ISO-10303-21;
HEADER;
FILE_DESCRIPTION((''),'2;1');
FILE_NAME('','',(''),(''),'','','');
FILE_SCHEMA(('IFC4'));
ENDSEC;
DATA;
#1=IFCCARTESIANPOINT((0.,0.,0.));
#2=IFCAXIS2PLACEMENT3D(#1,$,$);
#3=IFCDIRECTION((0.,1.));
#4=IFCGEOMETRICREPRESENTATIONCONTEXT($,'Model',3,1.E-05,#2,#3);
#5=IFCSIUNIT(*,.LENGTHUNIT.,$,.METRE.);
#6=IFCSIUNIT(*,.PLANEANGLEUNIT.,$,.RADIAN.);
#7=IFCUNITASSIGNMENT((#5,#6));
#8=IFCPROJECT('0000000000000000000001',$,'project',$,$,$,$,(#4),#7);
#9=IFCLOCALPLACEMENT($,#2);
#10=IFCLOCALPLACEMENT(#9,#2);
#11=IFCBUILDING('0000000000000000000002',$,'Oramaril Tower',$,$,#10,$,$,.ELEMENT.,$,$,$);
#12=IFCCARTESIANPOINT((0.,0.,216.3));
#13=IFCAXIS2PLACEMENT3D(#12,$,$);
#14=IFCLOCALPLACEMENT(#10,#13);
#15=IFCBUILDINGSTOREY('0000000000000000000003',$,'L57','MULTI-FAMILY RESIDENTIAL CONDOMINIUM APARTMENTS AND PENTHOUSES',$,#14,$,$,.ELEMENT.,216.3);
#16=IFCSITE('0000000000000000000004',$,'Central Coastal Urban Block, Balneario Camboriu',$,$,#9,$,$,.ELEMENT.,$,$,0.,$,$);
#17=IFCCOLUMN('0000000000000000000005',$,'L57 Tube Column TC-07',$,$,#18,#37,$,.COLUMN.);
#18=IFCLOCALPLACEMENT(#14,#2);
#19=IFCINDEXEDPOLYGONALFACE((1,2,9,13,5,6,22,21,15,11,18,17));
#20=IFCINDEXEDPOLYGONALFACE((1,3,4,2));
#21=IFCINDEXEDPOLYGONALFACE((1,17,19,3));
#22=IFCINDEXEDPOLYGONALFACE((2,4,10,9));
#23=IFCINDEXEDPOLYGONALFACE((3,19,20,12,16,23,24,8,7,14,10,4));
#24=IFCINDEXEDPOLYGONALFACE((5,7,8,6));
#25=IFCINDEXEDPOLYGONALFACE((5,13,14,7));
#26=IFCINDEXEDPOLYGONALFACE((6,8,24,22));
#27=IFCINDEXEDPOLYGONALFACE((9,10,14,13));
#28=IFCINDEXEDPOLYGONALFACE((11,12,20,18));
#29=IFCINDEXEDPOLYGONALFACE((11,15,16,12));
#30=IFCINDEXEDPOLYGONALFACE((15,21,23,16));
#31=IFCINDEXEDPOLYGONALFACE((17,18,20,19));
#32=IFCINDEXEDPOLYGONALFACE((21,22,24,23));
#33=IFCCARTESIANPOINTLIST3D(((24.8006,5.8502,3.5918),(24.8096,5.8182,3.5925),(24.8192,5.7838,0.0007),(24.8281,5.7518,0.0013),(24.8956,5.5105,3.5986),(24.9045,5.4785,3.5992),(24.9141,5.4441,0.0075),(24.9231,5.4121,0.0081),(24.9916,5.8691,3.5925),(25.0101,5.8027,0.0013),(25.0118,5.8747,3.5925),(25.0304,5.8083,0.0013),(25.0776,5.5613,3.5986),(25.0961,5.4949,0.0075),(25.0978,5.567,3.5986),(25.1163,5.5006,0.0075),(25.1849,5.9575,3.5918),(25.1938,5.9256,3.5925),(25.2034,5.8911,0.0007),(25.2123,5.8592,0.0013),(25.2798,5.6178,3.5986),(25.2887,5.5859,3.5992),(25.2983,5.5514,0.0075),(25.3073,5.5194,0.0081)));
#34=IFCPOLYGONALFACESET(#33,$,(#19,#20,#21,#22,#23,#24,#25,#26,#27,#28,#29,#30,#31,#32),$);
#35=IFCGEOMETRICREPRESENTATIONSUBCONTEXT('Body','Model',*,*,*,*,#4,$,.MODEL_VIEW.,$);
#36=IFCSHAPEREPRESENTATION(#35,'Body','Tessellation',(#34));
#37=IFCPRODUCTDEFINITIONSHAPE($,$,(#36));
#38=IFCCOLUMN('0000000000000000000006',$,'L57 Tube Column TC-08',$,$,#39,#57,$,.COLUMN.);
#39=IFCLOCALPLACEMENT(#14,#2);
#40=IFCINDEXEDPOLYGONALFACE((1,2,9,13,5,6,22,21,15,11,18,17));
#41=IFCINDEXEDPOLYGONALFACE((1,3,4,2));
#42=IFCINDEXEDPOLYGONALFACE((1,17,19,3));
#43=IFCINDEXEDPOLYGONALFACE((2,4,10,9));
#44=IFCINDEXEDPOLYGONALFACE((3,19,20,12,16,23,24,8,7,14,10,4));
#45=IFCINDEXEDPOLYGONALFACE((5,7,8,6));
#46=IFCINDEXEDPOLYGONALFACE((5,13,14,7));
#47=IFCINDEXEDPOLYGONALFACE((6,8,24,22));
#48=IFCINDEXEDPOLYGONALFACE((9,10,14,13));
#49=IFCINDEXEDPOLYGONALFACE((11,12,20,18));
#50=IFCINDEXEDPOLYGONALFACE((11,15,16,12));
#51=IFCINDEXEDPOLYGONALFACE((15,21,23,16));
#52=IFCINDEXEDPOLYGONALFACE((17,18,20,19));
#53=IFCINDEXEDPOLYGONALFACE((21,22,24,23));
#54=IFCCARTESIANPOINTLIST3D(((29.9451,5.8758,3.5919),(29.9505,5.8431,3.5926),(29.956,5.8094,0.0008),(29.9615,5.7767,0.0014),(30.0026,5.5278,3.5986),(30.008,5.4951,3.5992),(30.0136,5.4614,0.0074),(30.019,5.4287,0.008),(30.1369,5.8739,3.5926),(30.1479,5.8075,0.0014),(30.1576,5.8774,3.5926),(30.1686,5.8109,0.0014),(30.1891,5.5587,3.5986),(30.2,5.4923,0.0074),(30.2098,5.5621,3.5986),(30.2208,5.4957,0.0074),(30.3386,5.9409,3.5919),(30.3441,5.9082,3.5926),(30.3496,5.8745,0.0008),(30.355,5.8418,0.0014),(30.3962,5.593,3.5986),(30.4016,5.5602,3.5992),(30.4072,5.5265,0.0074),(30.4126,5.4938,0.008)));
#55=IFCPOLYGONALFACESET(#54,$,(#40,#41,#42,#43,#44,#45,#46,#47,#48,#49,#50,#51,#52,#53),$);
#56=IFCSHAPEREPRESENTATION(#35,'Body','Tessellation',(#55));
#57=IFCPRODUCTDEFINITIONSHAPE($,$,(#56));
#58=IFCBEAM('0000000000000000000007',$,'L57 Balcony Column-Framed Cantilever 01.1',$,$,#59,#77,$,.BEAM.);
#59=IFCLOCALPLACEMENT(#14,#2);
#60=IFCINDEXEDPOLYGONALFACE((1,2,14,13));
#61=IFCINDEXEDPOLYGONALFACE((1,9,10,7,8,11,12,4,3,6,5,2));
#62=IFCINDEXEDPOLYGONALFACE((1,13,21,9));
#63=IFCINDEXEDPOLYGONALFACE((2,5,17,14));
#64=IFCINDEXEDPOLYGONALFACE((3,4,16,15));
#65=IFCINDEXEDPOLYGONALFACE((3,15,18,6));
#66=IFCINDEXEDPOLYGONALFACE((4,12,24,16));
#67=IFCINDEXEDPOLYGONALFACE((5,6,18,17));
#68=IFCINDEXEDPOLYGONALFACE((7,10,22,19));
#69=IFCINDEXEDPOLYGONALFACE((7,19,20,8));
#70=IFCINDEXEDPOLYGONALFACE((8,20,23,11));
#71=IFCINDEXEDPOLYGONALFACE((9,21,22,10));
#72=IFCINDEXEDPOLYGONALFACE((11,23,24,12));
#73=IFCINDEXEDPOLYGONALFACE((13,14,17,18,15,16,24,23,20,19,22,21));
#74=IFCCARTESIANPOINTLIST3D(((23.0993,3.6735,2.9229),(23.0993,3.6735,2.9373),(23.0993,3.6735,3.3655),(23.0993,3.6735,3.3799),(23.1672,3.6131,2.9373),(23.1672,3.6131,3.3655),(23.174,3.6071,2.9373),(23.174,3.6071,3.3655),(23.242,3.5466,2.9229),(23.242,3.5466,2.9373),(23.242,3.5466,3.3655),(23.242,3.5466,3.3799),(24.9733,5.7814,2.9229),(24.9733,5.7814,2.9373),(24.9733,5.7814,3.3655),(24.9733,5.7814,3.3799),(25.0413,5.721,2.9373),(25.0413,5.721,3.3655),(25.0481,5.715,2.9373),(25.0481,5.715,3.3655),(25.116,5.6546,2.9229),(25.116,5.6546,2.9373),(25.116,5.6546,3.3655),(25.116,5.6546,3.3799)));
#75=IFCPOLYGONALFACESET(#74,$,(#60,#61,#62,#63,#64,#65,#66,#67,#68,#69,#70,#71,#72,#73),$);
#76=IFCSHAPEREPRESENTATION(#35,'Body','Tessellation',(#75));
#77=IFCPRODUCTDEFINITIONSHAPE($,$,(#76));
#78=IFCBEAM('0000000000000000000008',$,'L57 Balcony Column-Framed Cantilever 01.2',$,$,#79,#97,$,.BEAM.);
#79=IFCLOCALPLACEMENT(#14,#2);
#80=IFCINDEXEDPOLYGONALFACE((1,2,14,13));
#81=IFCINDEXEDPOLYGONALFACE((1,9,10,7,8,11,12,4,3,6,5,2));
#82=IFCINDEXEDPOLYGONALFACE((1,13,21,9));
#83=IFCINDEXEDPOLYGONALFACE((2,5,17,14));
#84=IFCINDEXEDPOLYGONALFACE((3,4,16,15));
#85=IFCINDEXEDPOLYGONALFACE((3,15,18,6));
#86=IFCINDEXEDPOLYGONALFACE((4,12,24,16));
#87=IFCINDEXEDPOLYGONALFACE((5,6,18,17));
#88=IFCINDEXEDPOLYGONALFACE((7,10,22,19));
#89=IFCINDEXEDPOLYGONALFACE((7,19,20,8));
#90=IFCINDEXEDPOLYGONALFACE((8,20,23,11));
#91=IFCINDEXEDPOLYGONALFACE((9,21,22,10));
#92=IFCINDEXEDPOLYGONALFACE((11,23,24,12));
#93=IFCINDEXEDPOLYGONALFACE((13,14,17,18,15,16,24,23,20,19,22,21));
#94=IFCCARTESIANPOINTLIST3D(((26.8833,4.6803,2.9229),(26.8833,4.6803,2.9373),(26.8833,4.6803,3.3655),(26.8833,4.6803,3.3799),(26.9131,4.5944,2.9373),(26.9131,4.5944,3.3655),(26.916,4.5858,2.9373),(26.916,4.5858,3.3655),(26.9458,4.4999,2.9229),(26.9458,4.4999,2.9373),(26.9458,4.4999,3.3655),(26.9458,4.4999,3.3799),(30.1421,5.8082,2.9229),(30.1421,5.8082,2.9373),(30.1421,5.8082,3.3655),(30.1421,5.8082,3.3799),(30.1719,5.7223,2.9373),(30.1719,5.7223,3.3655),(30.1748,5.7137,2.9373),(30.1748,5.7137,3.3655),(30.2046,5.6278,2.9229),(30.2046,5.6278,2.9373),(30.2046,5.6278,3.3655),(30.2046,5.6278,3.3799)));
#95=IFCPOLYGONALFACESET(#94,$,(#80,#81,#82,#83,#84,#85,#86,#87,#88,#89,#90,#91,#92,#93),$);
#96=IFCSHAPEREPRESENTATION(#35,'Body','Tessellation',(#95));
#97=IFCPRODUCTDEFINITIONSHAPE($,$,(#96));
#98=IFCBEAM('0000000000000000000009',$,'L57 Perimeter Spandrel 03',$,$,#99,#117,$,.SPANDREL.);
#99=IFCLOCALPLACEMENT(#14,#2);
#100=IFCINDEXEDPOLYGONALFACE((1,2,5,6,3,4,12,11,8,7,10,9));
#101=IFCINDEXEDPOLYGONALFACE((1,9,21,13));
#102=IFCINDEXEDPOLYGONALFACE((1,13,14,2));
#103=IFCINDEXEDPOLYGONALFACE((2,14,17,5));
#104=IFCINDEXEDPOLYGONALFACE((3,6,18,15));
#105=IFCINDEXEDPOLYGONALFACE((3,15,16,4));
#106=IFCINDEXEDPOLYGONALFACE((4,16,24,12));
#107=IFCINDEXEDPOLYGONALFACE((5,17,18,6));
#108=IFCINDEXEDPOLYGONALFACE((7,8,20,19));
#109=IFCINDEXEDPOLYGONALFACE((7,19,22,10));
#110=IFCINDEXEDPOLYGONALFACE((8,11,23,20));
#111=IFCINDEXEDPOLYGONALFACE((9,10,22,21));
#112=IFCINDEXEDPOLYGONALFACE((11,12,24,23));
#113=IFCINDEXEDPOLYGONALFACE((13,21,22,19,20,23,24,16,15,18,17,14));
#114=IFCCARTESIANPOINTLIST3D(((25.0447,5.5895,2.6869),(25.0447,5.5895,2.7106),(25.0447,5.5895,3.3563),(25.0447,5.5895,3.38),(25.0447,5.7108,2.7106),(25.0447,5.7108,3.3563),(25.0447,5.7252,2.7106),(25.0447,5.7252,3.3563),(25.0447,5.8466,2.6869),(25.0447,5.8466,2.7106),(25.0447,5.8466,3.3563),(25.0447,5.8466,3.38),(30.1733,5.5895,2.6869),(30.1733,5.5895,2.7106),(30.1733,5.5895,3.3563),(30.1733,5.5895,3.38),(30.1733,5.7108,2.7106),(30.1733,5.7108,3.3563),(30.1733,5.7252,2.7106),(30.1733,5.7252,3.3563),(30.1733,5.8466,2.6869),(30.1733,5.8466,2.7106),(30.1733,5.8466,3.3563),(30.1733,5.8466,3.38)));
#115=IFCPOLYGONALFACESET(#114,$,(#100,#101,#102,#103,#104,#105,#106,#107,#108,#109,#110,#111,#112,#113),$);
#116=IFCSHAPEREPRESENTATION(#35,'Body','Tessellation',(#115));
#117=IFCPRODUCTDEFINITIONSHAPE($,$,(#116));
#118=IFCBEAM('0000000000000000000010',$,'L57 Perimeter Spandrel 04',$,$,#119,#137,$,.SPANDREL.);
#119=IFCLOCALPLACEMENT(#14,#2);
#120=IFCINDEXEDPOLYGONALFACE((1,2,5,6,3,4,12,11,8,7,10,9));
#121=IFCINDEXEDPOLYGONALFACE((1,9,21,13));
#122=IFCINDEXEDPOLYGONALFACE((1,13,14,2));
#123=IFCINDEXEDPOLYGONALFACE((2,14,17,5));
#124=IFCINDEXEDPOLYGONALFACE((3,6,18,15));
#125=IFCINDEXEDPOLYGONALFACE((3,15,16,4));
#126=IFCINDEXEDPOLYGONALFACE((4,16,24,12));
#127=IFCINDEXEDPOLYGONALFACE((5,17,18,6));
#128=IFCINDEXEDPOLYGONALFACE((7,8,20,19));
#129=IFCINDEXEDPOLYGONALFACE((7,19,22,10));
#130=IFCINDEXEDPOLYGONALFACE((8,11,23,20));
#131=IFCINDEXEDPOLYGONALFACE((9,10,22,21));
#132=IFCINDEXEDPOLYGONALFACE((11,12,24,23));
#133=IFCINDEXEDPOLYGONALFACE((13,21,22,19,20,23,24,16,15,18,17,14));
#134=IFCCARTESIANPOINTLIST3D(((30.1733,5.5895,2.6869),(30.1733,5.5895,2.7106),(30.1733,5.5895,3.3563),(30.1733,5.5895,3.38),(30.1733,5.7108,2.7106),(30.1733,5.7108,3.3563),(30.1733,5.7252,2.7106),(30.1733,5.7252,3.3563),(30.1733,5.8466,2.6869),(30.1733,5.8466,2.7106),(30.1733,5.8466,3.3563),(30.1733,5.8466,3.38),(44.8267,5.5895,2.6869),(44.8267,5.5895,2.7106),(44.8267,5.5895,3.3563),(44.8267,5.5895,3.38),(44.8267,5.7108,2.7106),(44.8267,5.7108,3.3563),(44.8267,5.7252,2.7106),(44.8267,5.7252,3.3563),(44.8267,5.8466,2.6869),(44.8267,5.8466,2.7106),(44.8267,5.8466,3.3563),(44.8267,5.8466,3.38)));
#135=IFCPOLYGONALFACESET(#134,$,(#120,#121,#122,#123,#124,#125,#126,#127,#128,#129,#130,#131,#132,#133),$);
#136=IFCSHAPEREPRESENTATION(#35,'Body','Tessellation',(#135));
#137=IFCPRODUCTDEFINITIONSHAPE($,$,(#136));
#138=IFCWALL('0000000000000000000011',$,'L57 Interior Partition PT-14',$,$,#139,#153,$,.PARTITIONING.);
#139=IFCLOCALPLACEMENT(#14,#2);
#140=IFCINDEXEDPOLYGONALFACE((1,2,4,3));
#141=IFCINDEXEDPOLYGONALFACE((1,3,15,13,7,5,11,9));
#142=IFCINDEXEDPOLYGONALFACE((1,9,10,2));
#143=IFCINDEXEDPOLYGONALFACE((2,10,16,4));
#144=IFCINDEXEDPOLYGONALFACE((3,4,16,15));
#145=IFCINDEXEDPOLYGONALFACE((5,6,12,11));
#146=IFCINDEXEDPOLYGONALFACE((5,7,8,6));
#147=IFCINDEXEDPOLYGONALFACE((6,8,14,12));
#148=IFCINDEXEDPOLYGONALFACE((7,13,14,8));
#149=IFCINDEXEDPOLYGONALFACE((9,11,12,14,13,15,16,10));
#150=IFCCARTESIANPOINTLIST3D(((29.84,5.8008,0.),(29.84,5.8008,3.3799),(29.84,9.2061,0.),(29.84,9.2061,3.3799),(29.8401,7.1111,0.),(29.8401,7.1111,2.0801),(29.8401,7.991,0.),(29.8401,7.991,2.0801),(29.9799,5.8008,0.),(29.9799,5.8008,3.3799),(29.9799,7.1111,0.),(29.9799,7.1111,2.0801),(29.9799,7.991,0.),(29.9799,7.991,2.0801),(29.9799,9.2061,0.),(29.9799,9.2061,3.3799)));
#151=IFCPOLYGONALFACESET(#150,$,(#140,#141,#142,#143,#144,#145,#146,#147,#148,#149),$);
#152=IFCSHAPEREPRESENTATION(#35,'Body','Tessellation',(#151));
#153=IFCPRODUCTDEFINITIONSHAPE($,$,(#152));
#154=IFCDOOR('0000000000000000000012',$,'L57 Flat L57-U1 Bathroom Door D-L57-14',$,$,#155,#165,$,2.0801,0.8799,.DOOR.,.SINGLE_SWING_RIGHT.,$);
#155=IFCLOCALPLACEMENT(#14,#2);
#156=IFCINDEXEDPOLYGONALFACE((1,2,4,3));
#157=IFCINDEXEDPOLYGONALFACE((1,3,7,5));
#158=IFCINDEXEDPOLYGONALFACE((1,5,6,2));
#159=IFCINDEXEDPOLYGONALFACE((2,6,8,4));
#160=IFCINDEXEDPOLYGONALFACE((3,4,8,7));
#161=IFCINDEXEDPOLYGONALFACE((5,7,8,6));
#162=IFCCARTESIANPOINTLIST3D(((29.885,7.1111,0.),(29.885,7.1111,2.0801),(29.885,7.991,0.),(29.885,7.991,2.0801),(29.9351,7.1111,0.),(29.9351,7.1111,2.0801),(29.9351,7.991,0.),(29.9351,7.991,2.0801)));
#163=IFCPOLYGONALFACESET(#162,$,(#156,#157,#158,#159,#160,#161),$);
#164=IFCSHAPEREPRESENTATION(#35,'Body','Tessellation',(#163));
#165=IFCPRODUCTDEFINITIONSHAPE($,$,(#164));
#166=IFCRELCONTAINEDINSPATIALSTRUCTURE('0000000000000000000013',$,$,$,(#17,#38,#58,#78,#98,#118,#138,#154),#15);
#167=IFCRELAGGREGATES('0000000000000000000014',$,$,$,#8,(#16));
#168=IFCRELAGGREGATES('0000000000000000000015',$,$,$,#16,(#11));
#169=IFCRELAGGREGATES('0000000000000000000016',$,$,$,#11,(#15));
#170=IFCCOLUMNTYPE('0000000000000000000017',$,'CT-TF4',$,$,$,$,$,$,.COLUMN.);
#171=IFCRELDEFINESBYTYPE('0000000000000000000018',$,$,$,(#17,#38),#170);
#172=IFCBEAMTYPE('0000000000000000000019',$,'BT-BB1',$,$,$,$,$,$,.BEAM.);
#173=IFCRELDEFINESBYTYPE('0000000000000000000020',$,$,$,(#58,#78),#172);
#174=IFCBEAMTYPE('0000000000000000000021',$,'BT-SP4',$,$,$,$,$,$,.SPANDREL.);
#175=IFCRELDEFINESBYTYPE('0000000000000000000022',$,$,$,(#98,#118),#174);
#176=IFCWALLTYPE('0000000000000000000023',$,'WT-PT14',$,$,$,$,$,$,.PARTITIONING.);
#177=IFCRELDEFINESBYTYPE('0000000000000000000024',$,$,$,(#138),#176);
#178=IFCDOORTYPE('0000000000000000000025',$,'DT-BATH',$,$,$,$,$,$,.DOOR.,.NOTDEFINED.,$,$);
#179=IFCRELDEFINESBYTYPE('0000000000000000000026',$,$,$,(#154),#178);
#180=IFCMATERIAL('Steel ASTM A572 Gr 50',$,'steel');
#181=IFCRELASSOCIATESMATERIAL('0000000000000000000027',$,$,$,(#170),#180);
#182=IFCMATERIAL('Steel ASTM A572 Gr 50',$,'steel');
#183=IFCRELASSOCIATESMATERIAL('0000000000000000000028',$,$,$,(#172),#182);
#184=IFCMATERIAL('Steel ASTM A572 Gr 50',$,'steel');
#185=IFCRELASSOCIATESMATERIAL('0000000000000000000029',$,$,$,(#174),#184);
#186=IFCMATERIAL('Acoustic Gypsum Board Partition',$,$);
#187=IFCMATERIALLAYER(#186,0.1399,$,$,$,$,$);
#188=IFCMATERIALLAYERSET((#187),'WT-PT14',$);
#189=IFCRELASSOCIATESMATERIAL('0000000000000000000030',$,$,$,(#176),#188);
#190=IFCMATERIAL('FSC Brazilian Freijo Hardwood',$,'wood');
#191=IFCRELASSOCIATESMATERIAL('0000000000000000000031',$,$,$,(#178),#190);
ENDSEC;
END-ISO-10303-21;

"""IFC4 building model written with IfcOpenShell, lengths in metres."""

from ifc_helpers import new_model, si_unit, direction, frame, frame_2d, origin, origin_2d, place, context, subcontext, project, spatial, rectangle, i_section, extrude, material, layer, layer_set, material_profile, profile_set, type_object, element, fill, save


model = new_model("IFC4")

# Units and contexts
model_context = context("Model", 3, precision=1e-05, world=origin(), true_north=direction((0.0, 1.0)))
body_context = subcontext(model_context, "Body", "Model", "MODEL_VIEW")
ifc_project = project(units=[si_unit("LENGTHUNIT", "METRE"), si_unit("PLANEANGLEUNIT", "RADIAN")], contexts=[model_context])

# Site, building, storey
site_placement = place(None, origin())
site = spatial("IfcSite", under=ifc_project, at=site_placement, Name="Central Coastal Urban Block, Balneario Camboriu", CompositionType="ELEMENT", RefElevation=0.0)
building_placement = place(site_placement, origin())
building = spatial("IfcBuilding", under=site, at=building_placement, Name="Oramaril Tower", CompositionType="ELEMENT")
storey_placement = place(building_placement, frame((0.0, 0.0, 216.3)))
storey = spatial("IfcBuildingStorey", under=building, at=storey_placement, Name="L57", Description="MULTI-FAMILY RESIDENTIAL CONDOMINIUM APARTMENTS AND PENTHOUSES", CompositionType="ELEMENT", Elevation=216.3)

# Columns
ifc_material_1 = material(Name="Steel ASTM A572 Gr 50", Category="steel")
ifc_material_profile_1 = material_profile(ifc_material_1, i_section(OverallWidth=0.3989, OverallDepth=0.386, WebThickness=0.021, FlangeThickness=0.0332, at=origin_2d()), Name="W14X176")
ifc_profile_set_1 = profile_set([ifc_material_profile_1], Name="Steel ASTM A572 Gr 50")
column_type = type_object("IfcColumnType", Name="CT-TF4", PredefinedType="COLUMN", material=ifc_profile_set_1)
for number, where, z_axis, x_axis, name in (
    (1, (25.0632, 5.6516, 0.0044), (-0.005166, 0.018489, 0.999816), (-0.963111, -0.269105, 0.0), "L57 Tube Column TC-07"),
    (2, (30.1843, 5.6516, 0.0044), (-0.003059, 0.018489, 0.999824), (-0.986589, -0.163222, 0.0), "L57 Tube Column TC-08"),
):
    element("IfcColumn", number, at=place(storey_placement, frame(where, z_axis=z_axis, x_axis=x_axis)), inside=storey, type_object=column_type, Name=name, PredefinedType="COLUMN", context=body_context, shape_type="SweptSolid", body=[
        extrude(i_section(OverallWidth=0.3989, OverallDepth=0.386, WebThickness=0.021, FlangeThickness=0.0332, at=origin_2d()), origin(), (0.0, 0.0, 1.0), 3.5918),
    ])

# Beams
ifc_material_2 = material(Name="Steel ASTM A572 Gr 50", Category="steel")
ifc_material_profile_2 = material_profile(ifc_material_2, i_section(OverallWidth=0.1909, OverallDepth=0.457, WebThickness=0.009, FlangeThickness=0.0144, at=origin_2d()), Name="W18X50")
ifc_profile_set_2 = profile_set([ifc_material_profile_2], Name="Steel ASTM A572 Gr 50")
beam_type_1 = type_object("IfcBeamType", Name="BT-BB1", PredefinedType="BEAM", material=ifc_profile_set_2)
beam_1_placement = place(storey_placement, frame((25.0447, 5.718, 3.1514), z_axis=(-0.664428, -0.747352, 0.0), x_axis=(0.747352, -0.664428, 0.0)))
element("IfcBeam", 3, at=beam_1_placement, inside=storey, type_object=beam_type_1, Name="L57 Balcony Column-Framed Cantilever 01.1", PredefinedType="BEAM", context=body_context, shape_type="SweptSolid", body=[
    extrude(i_section(OverallWidth=0.1909, OverallDepth=0.457, WebThickness=0.009, FlangeThickness=0.0144, at=origin_2d()), origin(), (0.0, 0.0, 1.0), 2.8206),
])
beam_2_placement = place(storey_placement, frame((30.1733, 5.718, 3.1514), z_axis=(-0.944996, -0.327081, 0.0), x_axis=(0.327081, -0.944996, 0.0)))
element("IfcBeam", 4, at=beam_2_placement, inside=storey, type_object=beam_type_1, Name="L57 Balcony Column-Framed Cantilever 01.2", PredefinedType="BEAM", context=body_context, shape_type="SweptSolid", body=[
    extrude(i_section(OverallWidth=0.1909, OverallDepth=0.457, WebThickness=0.009, FlangeThickness=0.0144, at=origin_2d()), origin(), (0.0, 0.0, 1.0), 3.4485),
])
ifc_material_3 = material(Name="Steel ASTM A572 Gr 50", Category="steel")
ifc_material_profile_3 = material_profile(ifc_material_3, i_section(OverallWidth=0.2571, OverallDepth=0.6931, WebThickness=0.0144, FlangeThickness=0.0237, at=origin_2d()), Name="W27X114")
ifc_profile_set_3 = profile_set([ifc_material_profile_3], Name="Steel ASTM A572 Gr 50")
beam_type_2 = type_object("IfcBeamType", Name="BT-SP4", PredefinedType="SPANDREL", material=ifc_profile_set_3)
beam_3_placement = place(storey_placement, frame((25.0447, 5.718, 3.0334), z_axis=(1.0, 0.0, 0.0), x_axis=(0.0, 1.0, 0.0)))
element("IfcBeam", 5, at=beam_3_placement, inside=storey, type_object=beam_type_2, Name="L57 Perimeter Spandrel 03", PredefinedType="SPANDREL", context=body_context, shape_type="SweptSolid", body=[
    extrude(i_section(OverallWidth=0.2571, OverallDepth=0.6931, WebThickness=0.0144, FlangeThickness=0.0237, at=origin_2d()), origin(), (0.0, 0.0, 1.0), 5.1287),
])
beam_4_placement = place(storey_placement, frame((30.1733, 5.718, 3.0334), z_axis=(1.0, 0.0, 0.0), x_axis=(0.0, 1.0, 0.0)))
element("IfcBeam", 6, at=beam_4_placement, inside=storey, type_object=beam_type_2, Name="L57 Perimeter Spandrel 04", PredefinedType="SPANDREL", context=body_context, shape_type="SweptSolid", body=[
    extrude(i_section(OverallWidth=0.2571, OverallDepth=0.6931, WebThickness=0.0144, FlangeThickness=0.0237, at=origin_2d()), origin(), (0.0, 0.0, 1.0), 14.6533),
])

# Wall, opening, door
ifc_material_4 = material(Name="Acoustic Gypsum Board Partition")
ifc_layer_1 = layer(ifc_material_4, 0.1399)
ifc_layer_set_1 = layer_set([ifc_layer_1], Name="WT-PT14")
wall_type_1 = type_object("IfcWallType", Name="WT-PT14", PredefinedType="PARTITIONING", material=ifc_layer_set_1)
wall_1_placement = place(storey_placement, frame((29.9099, 5.8008, 0.0), z_axis=(0.0, 0.0, 1.0), x_axis=(0.0, 1.0, 0.0)))
wall_1 = element("IfcWall", 7, at=wall_1_placement, inside=storey, type_object=wall_type_1, Name="L57 Interior Partition PT-14", PredefinedType="PARTITIONING", context=body_context, shape_type="SweptSolid", body=[
    extrude(rectangle(XDim=3.4053, YDim=0.1399, at=frame_2d((1.7026, 0.0))), origin(), (0.0, 0.0, 1.0), 3.3799),
])
opening_1_placement = place(wall_1_placement, frame((1.3103, 0.0, 0.0)))
opening_1 = element("IfcOpeningElement", 8, at=opening_1_placement, cuts=wall_1, PredefinedType="OPENING", context=body_context, shape_type="SweptSolid", body=[
    extrude(rectangle(XDim=0.8799, YDim=2.0801, at=frame_2d((0.4399, 1.04))), frame((0.0, 0.0698, 0.0), z_axis=(0.0, -1.0, 0.0), x_axis=(1.0, 0.0, 0.0)), (0.0, 0.0, 1.0), 0.1399),
])
ifc_material_5 = material(Name="FSC Brazilian Freijo Hardwood", Category="wood")
door_type_1 = type_object("IfcDoorType", Name="DT-BATH", OperationType="NOTDEFINED", PredefinedType="DOOR", material=ifc_material_5)
door_1_placement = place(opening_1_placement, origin())
door_1 = element("IfcDoor", 9, at=door_1_placement, inside=storey, type_object=door_type_1, Name="L57 Flat L57-U1 Bathroom Door D-L57-14", OperationType="SINGLE_SWING_RIGHT", OverallHeight=2.0801, OverallWidth=0.8799, PredefinedType="DOOR", context=body_context, shape_type="SweptSolid", body=[
    extrude(rectangle(XDim=0.8799, YDim=2.0801, at=frame_2d((0.4399, 1.04))), frame((0.0, 0.0249, 0.0), z_axis=(0.0, -1.0, 0.0), x_axis=(1.0, 0.0, 0.0)), (0.0, 0.0, 1.0), 0.05),
])
fill(opening_1, door_1)

save(model, "model.ifc")
